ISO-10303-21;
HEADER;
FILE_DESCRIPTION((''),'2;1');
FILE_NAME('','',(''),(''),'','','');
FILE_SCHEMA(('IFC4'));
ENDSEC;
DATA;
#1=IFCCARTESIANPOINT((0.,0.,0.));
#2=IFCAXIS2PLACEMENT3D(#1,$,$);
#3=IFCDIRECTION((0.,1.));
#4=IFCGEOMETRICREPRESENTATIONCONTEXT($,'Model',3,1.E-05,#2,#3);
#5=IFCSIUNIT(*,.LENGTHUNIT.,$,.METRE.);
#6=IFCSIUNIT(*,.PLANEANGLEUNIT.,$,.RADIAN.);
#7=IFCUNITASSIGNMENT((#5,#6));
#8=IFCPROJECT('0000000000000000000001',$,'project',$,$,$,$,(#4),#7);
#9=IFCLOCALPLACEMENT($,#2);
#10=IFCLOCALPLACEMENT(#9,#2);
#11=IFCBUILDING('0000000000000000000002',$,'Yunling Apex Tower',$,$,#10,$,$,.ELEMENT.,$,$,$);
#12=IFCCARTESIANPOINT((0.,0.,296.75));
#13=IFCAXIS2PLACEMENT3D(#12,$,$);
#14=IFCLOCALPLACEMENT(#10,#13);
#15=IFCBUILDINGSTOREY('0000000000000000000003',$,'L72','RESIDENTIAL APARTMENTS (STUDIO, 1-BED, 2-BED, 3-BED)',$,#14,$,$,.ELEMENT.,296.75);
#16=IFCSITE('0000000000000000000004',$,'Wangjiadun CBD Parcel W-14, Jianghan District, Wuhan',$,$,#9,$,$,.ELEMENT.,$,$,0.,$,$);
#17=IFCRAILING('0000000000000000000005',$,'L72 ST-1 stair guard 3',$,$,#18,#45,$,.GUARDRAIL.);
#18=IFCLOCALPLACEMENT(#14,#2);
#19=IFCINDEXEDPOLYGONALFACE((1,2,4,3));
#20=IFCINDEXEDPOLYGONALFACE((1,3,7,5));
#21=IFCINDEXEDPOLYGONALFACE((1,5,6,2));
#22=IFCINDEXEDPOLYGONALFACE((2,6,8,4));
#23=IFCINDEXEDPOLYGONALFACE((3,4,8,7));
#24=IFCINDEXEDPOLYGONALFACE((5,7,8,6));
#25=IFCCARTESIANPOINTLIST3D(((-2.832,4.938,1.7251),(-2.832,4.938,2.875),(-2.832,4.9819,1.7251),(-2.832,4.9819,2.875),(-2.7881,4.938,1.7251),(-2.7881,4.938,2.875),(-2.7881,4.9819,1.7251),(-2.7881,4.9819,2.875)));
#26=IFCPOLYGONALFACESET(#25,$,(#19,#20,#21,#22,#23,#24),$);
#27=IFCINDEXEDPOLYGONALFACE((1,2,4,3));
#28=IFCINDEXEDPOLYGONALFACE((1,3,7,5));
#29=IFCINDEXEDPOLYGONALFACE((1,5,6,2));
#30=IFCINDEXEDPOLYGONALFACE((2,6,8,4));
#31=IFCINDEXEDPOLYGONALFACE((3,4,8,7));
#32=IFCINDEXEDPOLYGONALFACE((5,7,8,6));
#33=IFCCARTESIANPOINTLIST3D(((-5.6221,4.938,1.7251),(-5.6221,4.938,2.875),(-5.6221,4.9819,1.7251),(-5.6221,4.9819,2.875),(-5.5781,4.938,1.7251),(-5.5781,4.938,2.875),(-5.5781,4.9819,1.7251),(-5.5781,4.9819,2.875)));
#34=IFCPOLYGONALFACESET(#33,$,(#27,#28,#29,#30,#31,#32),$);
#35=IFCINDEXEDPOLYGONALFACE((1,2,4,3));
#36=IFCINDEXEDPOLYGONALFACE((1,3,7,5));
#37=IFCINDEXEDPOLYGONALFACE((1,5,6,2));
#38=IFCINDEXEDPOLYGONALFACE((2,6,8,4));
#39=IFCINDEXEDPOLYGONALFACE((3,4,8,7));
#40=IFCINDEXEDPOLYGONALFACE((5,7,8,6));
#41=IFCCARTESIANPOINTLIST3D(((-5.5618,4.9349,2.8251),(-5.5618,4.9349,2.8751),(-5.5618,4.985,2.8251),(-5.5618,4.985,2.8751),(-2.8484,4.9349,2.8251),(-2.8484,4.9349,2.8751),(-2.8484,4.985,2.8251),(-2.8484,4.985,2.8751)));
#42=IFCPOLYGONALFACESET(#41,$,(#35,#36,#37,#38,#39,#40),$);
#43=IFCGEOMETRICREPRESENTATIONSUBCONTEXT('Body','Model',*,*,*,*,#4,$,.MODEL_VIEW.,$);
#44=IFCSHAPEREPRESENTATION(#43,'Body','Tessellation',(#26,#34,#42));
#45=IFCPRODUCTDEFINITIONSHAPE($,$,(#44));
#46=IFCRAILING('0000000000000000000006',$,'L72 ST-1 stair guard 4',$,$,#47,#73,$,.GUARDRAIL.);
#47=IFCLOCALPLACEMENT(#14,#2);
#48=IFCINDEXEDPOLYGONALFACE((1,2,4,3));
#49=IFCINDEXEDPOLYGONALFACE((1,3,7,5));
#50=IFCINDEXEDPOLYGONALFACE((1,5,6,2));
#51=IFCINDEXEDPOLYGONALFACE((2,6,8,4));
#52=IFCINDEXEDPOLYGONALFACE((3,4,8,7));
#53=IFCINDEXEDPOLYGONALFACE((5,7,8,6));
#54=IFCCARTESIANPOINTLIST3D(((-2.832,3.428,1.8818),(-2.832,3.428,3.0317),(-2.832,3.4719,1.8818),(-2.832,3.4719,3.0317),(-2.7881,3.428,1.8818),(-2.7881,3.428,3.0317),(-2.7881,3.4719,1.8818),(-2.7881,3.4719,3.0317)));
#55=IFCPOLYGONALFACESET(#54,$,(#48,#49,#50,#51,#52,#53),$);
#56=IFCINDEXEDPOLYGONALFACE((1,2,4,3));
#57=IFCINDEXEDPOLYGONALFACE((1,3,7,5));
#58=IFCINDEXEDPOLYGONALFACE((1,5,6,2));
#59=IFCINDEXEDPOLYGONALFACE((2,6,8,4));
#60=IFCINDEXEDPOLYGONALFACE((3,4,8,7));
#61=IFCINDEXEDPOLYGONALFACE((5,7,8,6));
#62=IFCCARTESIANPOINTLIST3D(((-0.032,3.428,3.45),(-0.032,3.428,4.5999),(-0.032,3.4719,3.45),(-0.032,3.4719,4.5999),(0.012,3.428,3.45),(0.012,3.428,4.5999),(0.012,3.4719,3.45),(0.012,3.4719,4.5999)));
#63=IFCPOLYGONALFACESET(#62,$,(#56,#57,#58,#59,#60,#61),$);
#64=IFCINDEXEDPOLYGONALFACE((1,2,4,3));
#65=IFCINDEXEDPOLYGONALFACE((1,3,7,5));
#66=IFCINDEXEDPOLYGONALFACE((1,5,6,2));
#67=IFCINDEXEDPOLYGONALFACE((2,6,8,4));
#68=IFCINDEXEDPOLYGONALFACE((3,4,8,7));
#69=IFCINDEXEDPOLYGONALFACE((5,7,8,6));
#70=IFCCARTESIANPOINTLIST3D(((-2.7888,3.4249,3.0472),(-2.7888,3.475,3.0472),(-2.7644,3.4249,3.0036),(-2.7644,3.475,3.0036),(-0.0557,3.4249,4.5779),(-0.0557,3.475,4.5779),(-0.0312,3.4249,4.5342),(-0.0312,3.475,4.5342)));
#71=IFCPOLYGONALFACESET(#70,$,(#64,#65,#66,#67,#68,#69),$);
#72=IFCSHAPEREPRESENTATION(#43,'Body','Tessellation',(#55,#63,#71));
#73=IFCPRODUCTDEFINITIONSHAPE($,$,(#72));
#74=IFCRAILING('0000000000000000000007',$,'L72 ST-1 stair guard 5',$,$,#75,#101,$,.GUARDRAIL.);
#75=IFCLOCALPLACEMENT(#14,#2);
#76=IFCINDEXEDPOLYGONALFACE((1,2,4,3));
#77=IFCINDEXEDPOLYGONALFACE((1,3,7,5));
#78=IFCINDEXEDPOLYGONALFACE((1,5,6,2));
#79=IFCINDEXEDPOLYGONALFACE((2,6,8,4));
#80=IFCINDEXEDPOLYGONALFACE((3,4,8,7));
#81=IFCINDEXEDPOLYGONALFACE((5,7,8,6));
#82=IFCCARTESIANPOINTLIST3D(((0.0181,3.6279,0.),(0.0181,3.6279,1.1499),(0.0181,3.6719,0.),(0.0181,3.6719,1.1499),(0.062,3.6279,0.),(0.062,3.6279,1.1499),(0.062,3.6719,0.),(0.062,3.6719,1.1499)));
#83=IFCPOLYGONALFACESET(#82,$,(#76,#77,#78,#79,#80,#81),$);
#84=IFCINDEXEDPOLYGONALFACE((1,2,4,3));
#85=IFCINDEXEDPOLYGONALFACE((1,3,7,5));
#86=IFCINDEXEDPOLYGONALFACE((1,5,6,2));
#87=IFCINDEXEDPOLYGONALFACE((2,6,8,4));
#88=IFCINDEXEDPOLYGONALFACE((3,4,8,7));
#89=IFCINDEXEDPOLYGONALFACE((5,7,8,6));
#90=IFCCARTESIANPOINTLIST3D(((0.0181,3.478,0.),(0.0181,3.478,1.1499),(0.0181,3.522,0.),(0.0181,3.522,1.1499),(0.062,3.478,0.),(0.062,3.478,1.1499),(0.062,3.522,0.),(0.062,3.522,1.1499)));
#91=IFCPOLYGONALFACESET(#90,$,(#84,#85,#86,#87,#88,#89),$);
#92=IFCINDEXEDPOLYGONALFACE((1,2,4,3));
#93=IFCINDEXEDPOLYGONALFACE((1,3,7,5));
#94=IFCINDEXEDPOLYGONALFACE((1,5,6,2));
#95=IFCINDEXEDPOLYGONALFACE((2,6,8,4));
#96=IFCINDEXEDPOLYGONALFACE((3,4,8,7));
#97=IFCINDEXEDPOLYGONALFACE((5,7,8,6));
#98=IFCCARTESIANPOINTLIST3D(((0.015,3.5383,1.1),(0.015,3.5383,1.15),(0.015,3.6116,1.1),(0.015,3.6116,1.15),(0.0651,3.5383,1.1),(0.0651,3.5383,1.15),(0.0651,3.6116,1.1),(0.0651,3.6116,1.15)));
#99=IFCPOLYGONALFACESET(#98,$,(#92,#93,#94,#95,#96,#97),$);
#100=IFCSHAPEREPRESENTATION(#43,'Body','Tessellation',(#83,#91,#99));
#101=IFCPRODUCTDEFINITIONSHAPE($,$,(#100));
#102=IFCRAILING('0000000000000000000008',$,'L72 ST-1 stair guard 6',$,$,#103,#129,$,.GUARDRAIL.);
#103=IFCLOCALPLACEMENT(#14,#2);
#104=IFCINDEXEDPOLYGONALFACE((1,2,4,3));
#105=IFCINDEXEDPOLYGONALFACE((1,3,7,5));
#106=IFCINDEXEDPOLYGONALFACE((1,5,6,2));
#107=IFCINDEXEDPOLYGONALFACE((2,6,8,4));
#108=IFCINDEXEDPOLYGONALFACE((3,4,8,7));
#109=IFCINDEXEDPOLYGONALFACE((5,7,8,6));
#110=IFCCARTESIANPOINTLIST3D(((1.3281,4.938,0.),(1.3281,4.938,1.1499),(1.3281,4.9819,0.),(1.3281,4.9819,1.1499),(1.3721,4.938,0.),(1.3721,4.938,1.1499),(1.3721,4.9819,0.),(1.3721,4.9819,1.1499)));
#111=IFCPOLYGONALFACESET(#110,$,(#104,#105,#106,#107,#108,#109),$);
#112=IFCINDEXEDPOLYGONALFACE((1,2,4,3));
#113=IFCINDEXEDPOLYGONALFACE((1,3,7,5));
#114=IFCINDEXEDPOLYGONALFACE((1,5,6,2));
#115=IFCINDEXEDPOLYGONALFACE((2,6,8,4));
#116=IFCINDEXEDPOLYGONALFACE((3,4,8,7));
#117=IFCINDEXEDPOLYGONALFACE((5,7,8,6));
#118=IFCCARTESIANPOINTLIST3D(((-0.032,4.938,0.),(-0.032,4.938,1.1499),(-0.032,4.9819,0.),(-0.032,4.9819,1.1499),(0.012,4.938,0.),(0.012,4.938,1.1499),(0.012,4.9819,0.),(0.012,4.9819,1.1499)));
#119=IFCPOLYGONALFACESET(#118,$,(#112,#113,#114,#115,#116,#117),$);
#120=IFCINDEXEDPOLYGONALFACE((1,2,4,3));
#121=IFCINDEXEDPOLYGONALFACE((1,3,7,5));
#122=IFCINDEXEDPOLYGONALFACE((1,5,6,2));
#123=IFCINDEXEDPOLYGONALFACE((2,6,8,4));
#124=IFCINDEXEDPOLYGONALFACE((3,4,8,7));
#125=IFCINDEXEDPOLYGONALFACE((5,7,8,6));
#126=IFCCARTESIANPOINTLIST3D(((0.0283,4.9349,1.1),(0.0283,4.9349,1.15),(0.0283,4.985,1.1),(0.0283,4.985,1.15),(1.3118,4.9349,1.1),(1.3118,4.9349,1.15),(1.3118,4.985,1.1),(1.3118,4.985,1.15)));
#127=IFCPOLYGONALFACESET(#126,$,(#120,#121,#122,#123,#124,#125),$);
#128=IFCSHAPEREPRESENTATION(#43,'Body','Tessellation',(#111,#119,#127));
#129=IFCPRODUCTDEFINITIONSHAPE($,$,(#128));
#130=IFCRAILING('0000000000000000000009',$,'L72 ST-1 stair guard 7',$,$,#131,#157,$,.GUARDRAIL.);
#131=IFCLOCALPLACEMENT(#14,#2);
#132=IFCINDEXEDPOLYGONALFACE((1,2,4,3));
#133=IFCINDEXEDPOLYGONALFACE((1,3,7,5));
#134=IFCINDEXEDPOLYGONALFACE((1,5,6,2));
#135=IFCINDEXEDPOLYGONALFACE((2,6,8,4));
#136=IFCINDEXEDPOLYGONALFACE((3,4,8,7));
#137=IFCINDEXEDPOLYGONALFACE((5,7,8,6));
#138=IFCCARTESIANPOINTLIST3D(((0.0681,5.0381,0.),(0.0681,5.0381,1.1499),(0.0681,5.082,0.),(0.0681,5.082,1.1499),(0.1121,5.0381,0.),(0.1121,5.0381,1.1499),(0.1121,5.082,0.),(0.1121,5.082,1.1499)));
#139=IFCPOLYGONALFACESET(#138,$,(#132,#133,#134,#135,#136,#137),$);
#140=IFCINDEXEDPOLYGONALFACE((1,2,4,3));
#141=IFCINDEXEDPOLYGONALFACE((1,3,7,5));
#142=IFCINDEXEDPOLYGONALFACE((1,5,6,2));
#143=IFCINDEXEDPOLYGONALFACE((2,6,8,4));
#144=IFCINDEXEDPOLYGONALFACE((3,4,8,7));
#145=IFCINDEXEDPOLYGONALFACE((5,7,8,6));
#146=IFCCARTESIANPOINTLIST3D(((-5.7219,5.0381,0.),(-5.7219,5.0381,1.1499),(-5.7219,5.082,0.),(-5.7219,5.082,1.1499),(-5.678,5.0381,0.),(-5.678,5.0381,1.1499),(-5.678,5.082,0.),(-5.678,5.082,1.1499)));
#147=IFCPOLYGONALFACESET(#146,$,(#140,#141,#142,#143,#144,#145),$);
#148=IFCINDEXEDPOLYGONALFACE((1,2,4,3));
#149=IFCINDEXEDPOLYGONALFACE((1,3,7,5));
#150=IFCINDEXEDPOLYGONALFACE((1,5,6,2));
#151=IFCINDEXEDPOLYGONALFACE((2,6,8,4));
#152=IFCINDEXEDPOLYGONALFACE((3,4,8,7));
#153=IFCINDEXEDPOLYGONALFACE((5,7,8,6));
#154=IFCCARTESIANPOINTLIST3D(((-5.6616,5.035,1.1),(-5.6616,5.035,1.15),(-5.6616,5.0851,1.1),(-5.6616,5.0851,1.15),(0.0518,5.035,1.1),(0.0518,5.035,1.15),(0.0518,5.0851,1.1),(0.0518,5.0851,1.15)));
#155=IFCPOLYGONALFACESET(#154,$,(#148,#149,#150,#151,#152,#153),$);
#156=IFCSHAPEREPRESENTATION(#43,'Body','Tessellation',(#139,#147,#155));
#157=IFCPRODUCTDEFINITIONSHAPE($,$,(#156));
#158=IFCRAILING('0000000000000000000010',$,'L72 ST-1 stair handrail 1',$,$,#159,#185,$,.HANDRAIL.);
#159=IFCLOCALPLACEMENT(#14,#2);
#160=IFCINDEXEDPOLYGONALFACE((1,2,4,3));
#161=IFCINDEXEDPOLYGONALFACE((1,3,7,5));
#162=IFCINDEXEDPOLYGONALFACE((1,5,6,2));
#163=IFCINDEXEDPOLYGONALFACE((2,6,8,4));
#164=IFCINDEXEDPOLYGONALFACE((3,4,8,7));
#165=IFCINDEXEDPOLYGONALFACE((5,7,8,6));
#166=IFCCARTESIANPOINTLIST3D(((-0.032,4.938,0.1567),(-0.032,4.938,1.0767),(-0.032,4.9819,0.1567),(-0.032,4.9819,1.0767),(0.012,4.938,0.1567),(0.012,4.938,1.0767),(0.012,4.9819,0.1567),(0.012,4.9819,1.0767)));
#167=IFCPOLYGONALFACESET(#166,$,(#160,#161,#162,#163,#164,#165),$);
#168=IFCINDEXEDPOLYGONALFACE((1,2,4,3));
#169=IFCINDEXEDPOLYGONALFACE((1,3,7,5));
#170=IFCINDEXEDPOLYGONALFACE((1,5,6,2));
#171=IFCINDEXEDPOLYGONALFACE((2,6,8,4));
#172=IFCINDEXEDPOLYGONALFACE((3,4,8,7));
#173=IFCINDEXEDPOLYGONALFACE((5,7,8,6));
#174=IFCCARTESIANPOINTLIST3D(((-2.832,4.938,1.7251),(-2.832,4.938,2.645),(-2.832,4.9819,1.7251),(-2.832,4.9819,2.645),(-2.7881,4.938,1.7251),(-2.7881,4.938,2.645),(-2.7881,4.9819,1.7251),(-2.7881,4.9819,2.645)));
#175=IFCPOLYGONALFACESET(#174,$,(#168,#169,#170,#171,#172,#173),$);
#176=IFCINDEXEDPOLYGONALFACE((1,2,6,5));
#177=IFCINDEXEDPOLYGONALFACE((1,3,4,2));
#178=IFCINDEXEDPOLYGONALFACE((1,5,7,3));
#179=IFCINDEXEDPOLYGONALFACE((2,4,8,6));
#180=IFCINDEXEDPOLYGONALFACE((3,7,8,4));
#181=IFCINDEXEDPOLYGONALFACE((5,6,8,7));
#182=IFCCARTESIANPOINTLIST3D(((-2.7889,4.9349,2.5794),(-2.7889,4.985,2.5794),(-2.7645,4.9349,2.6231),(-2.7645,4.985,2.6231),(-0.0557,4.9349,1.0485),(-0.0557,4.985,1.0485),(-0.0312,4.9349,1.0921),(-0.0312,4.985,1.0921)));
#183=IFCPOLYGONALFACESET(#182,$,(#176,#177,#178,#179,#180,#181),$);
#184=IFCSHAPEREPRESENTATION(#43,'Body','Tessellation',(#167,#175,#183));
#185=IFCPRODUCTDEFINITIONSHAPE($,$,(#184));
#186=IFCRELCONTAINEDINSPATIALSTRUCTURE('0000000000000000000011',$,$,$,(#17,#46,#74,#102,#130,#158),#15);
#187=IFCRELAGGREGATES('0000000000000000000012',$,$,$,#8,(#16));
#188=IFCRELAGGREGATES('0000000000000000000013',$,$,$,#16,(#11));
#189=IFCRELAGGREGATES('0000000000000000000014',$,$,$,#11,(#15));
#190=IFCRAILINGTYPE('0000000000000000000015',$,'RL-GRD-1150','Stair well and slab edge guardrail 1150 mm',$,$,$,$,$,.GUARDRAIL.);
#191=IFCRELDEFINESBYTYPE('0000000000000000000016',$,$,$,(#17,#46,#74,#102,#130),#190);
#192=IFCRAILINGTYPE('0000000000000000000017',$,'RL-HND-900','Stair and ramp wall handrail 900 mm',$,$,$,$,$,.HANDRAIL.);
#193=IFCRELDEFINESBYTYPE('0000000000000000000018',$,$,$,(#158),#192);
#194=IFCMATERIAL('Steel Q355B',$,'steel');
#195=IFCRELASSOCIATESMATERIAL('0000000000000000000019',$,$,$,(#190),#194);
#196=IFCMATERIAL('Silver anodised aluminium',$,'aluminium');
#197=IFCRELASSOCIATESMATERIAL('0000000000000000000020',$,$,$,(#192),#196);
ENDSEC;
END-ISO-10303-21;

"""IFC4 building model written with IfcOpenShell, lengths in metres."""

from ifc_helpers import new_model, si_unit, direction, frame, origin, origin_2d, place, context, subcontext, project, spatial, rectangle, extrude, material, type_object, element, save


model = new_model("IFC4")

# Units and contexts
model_context = context("Model", 3, precision=1e-05, world=origin(), true_north=direction((0.0, 1.0)))
body_context = subcontext(model_context, "Body", "Model", "MODEL_VIEW")
ifc_project = project(units=[si_unit("LENGTHUNIT", "METRE"), si_unit("PLANEANGLEUNIT", "RADIAN")], contexts=[model_context])

# Site, building, storey
site_placement = place(None, origin())
site = spatial("IfcSite", under=ifc_project, at=site_placement, Name="Wangjiadun CBD Parcel W-14, Jianghan District, Wuhan", CompositionType="ELEMENT", RefElevation=0.0)
building_placement = place(site_placement, origin())
building = spatial("IfcBuilding", under=site, at=building_placement, Name="Yunling Apex Tower", CompositionType="ELEMENT")
storey_placement = place(building_placement, frame((0.0, 0.0, 296.75)))
storey = spatial("IfcBuildingStorey", under=building, at=storey_placement, Name="L72", Description="RESIDENTIAL APARTMENTS (STUDIO, 1-BED, 2-BED, 3-BED)", CompositionType="ELEMENT", Elevation=296.75)

# Shared definitions
ifc_material_1 = material(Name="Steel Q355B", Category="steel")

# Railings
railing_type_1 = type_object("IfcRailingType", Name="RL-GRD-1150", Description="Stair well and slab edge guardrail 1150 mm", PredefinedType="GUARDRAIL", material=ifc_material_1)
railing_1_placement = place(storey_placement, frame((-2.8101, 4.96, 1.7251)))
element("IfcRailing", 1, at=railing_1_placement, inside=storey, type_object=railing_type_1, Name="L72 ST-1 stair guard 3", PredefinedType="GUARDRAIL", context=body_context, shape_type="SweptSolid", body=[
    extrude(rectangle(XDim=0.0439, YDim=0.0439, at=origin_2d()), origin(), (0.0, 0.0, 1.0), 1.1499),
    extrude(rectangle(XDim=0.0439, YDim=0.0439, at=origin_2d()), frame((-2.79, 0.0, 0.0)), (0.0, 0.0, 1.0), 1.1499),
    extrude(rectangle(XDim=0.05, YDim=0.05, at=origin_2d()), frame((-0.0383, 0.0, 1.125), z_axis=(-1.0, 0.0, 0.0), x_axis=(0.0, -1.0, 0.0)), (0.0, 0.0, 1.0), 2.7134),
])
railing_2_placement = place(storey_placement, frame((-2.8101, 3.45, 1.8818)))
element("IfcRailing", 2, at=railing_2_placement, inside=storey, type_object=railing_type_1, Name="L72 ST-1 stair guard 4", PredefinedType="GUARDRAIL", context=body_context, shape_type="SweptSolid", body=[
    extrude(rectangle(XDim=0.0439, YDim=0.0439, at=origin_2d()), origin(), (0.0, 0.0, 1.0), 1.1499),
    extrude(rectangle(XDim=0.0439, YDim=0.0439, at=origin_2d()), frame((2.8, 0.0, 1.5681)), (0.0, 0.0, 1.0), 1.1499),
    extrude(rectangle(XDim=0.05, YDim=0.05, at=origin_2d()), frame((0.0334, 0.0, 1.1436), z_axis=(0.872494, 0.0, 0.488624), x_axis=(0.0, 1.0, 0.0)), (0.0, 0.0, 1.0), 3.1326),
])
railing_3_placement = place(storey_placement, frame((0.04, 3.6499, 0.0)))
element("IfcRailing", 3, at=railing_3_placement, inside=storey, type_object=railing_type_1, Name="L72 ST-1 stair guard 5", PredefinedType="GUARDRAIL", context=body_context, shape_type="SweptSolid", body=[
    extrude(rectangle(XDim=0.0439, YDim=0.0439, at=origin_2d()), origin(), (0.0, 0.0, 1.0), 1.1499),
    extrude(rectangle(XDim=0.0439, YDim=0.0439, at=origin_2d()), frame((0.0, -0.1499, 0.0)), (0.0, 0.0, 1.0), 1.1499),
    extrude(rectangle(XDim=0.05, YDim=0.05, at=origin_2d()), frame((0.0, -0.0383, 1.125), z_axis=(0.0, -1.0, 0.0), x_axis=(1.0, 0.0, 0.0)), (0.0, 0.0, 1.0), 0.0732),
])
railing_4_placement = place(storey_placement, frame((1.3501, 4.96, 0.0)))
element("IfcRailing", 4, at=railing_4_placement, inside=storey, type_object=railing_type_1, Name="L72 ST-1 stair guard 6", PredefinedType="GUARDRAIL", context=body_context, shape_type="SweptSolid", body=[
    extrude(rectangle(XDim=0.0439, YDim=0.0439, at=origin_2d()), origin(), (0.0, 0.0, 1.0), 1.1499),
    extrude(rectangle(XDim=0.0439, YDim=0.0439, at=origin_2d()), frame((-1.3601, 0.0, 0.0)), (0.0, 0.0, 1.0), 1.1499),
    extrude(rectangle(XDim=0.05, YDim=0.05, at=origin_2d()), frame((-0.0383, 0.0, 1.125), z_axis=(-1.0, 0.0, 0.0), x_axis=(0.0, -1.0, 0.0)), (0.0, 0.0, 1.0), 1.2834),
])
railing_5_placement = place(storey_placement, frame((0.0901, 5.0601, 0.0)))
element("IfcRailing", 5, at=railing_5_placement, inside=storey, type_object=railing_type_1, Name="L72 ST-1 stair guard 7", PredefinedType="GUARDRAIL", context=body_context, shape_type="SweptSolid", body=[
    extrude(rectangle(XDim=0.0439, YDim=0.0439, at=origin_2d()), origin(), (0.0, 0.0, 1.0), 1.1499),
    extrude(rectangle(XDim=0.0439, YDim=0.0439, at=origin_2d()), frame((-5.79, 0.0, 0.0)), (0.0, 0.0, 1.0), 1.1499),
    extrude(rectangle(XDim=0.05, YDim=0.05, at=origin_2d()), frame((-0.0383, 0.0, 1.125), z_axis=(-1.0, 0.0, 0.0), x_axis=(0.0, -1.0, 0.0)), (0.0, 0.0, 1.0), 5.7134),
])
ifc_material_2 = material(Name="Silver anodised aluminium", Category="aluminium")
railing_type_2 = type_object("IfcRailingType", Name="RL-HND-900", Description="Stair and ramp wall handrail 900 mm", PredefinedType="HANDRAIL", material=ifc_material_2)
railing_6_placement = place(storey_placement, frame((-0.01, 4.96, 0.1567)))
element("IfcRailing", 6, at=railing_6_placement, inside=storey, type_object=railing_type_2, Name="L72 ST-1 stair handrail 1", PredefinedType="HANDRAIL", context=body_context, shape_type="SweptSolid", body=[
    extrude(rectangle(XDim=0.0439, YDim=0.0439, at=origin_2d()), origin(), (0.0, 0.0, 1.0), 0.9199),
    extrude(rectangle(XDim=0.0439, YDim=0.0439, at=origin_2d()), frame((-2.8, 0.0, 1.5684)), (0.0, 0.0, 1.0), 0.9199),
    extrude(rectangle(XDim=0.05, YDim=0.05, at=origin_2d()), frame((-0.0334, 0.0, 0.9136), z_axis=(-0.872462, 0.0, 0.488682), x_axis=(0.0, -1.0, 0.0)), (0.0, 0.0, 1.0), 3.1328),
])

save(model, "model.ifc")
